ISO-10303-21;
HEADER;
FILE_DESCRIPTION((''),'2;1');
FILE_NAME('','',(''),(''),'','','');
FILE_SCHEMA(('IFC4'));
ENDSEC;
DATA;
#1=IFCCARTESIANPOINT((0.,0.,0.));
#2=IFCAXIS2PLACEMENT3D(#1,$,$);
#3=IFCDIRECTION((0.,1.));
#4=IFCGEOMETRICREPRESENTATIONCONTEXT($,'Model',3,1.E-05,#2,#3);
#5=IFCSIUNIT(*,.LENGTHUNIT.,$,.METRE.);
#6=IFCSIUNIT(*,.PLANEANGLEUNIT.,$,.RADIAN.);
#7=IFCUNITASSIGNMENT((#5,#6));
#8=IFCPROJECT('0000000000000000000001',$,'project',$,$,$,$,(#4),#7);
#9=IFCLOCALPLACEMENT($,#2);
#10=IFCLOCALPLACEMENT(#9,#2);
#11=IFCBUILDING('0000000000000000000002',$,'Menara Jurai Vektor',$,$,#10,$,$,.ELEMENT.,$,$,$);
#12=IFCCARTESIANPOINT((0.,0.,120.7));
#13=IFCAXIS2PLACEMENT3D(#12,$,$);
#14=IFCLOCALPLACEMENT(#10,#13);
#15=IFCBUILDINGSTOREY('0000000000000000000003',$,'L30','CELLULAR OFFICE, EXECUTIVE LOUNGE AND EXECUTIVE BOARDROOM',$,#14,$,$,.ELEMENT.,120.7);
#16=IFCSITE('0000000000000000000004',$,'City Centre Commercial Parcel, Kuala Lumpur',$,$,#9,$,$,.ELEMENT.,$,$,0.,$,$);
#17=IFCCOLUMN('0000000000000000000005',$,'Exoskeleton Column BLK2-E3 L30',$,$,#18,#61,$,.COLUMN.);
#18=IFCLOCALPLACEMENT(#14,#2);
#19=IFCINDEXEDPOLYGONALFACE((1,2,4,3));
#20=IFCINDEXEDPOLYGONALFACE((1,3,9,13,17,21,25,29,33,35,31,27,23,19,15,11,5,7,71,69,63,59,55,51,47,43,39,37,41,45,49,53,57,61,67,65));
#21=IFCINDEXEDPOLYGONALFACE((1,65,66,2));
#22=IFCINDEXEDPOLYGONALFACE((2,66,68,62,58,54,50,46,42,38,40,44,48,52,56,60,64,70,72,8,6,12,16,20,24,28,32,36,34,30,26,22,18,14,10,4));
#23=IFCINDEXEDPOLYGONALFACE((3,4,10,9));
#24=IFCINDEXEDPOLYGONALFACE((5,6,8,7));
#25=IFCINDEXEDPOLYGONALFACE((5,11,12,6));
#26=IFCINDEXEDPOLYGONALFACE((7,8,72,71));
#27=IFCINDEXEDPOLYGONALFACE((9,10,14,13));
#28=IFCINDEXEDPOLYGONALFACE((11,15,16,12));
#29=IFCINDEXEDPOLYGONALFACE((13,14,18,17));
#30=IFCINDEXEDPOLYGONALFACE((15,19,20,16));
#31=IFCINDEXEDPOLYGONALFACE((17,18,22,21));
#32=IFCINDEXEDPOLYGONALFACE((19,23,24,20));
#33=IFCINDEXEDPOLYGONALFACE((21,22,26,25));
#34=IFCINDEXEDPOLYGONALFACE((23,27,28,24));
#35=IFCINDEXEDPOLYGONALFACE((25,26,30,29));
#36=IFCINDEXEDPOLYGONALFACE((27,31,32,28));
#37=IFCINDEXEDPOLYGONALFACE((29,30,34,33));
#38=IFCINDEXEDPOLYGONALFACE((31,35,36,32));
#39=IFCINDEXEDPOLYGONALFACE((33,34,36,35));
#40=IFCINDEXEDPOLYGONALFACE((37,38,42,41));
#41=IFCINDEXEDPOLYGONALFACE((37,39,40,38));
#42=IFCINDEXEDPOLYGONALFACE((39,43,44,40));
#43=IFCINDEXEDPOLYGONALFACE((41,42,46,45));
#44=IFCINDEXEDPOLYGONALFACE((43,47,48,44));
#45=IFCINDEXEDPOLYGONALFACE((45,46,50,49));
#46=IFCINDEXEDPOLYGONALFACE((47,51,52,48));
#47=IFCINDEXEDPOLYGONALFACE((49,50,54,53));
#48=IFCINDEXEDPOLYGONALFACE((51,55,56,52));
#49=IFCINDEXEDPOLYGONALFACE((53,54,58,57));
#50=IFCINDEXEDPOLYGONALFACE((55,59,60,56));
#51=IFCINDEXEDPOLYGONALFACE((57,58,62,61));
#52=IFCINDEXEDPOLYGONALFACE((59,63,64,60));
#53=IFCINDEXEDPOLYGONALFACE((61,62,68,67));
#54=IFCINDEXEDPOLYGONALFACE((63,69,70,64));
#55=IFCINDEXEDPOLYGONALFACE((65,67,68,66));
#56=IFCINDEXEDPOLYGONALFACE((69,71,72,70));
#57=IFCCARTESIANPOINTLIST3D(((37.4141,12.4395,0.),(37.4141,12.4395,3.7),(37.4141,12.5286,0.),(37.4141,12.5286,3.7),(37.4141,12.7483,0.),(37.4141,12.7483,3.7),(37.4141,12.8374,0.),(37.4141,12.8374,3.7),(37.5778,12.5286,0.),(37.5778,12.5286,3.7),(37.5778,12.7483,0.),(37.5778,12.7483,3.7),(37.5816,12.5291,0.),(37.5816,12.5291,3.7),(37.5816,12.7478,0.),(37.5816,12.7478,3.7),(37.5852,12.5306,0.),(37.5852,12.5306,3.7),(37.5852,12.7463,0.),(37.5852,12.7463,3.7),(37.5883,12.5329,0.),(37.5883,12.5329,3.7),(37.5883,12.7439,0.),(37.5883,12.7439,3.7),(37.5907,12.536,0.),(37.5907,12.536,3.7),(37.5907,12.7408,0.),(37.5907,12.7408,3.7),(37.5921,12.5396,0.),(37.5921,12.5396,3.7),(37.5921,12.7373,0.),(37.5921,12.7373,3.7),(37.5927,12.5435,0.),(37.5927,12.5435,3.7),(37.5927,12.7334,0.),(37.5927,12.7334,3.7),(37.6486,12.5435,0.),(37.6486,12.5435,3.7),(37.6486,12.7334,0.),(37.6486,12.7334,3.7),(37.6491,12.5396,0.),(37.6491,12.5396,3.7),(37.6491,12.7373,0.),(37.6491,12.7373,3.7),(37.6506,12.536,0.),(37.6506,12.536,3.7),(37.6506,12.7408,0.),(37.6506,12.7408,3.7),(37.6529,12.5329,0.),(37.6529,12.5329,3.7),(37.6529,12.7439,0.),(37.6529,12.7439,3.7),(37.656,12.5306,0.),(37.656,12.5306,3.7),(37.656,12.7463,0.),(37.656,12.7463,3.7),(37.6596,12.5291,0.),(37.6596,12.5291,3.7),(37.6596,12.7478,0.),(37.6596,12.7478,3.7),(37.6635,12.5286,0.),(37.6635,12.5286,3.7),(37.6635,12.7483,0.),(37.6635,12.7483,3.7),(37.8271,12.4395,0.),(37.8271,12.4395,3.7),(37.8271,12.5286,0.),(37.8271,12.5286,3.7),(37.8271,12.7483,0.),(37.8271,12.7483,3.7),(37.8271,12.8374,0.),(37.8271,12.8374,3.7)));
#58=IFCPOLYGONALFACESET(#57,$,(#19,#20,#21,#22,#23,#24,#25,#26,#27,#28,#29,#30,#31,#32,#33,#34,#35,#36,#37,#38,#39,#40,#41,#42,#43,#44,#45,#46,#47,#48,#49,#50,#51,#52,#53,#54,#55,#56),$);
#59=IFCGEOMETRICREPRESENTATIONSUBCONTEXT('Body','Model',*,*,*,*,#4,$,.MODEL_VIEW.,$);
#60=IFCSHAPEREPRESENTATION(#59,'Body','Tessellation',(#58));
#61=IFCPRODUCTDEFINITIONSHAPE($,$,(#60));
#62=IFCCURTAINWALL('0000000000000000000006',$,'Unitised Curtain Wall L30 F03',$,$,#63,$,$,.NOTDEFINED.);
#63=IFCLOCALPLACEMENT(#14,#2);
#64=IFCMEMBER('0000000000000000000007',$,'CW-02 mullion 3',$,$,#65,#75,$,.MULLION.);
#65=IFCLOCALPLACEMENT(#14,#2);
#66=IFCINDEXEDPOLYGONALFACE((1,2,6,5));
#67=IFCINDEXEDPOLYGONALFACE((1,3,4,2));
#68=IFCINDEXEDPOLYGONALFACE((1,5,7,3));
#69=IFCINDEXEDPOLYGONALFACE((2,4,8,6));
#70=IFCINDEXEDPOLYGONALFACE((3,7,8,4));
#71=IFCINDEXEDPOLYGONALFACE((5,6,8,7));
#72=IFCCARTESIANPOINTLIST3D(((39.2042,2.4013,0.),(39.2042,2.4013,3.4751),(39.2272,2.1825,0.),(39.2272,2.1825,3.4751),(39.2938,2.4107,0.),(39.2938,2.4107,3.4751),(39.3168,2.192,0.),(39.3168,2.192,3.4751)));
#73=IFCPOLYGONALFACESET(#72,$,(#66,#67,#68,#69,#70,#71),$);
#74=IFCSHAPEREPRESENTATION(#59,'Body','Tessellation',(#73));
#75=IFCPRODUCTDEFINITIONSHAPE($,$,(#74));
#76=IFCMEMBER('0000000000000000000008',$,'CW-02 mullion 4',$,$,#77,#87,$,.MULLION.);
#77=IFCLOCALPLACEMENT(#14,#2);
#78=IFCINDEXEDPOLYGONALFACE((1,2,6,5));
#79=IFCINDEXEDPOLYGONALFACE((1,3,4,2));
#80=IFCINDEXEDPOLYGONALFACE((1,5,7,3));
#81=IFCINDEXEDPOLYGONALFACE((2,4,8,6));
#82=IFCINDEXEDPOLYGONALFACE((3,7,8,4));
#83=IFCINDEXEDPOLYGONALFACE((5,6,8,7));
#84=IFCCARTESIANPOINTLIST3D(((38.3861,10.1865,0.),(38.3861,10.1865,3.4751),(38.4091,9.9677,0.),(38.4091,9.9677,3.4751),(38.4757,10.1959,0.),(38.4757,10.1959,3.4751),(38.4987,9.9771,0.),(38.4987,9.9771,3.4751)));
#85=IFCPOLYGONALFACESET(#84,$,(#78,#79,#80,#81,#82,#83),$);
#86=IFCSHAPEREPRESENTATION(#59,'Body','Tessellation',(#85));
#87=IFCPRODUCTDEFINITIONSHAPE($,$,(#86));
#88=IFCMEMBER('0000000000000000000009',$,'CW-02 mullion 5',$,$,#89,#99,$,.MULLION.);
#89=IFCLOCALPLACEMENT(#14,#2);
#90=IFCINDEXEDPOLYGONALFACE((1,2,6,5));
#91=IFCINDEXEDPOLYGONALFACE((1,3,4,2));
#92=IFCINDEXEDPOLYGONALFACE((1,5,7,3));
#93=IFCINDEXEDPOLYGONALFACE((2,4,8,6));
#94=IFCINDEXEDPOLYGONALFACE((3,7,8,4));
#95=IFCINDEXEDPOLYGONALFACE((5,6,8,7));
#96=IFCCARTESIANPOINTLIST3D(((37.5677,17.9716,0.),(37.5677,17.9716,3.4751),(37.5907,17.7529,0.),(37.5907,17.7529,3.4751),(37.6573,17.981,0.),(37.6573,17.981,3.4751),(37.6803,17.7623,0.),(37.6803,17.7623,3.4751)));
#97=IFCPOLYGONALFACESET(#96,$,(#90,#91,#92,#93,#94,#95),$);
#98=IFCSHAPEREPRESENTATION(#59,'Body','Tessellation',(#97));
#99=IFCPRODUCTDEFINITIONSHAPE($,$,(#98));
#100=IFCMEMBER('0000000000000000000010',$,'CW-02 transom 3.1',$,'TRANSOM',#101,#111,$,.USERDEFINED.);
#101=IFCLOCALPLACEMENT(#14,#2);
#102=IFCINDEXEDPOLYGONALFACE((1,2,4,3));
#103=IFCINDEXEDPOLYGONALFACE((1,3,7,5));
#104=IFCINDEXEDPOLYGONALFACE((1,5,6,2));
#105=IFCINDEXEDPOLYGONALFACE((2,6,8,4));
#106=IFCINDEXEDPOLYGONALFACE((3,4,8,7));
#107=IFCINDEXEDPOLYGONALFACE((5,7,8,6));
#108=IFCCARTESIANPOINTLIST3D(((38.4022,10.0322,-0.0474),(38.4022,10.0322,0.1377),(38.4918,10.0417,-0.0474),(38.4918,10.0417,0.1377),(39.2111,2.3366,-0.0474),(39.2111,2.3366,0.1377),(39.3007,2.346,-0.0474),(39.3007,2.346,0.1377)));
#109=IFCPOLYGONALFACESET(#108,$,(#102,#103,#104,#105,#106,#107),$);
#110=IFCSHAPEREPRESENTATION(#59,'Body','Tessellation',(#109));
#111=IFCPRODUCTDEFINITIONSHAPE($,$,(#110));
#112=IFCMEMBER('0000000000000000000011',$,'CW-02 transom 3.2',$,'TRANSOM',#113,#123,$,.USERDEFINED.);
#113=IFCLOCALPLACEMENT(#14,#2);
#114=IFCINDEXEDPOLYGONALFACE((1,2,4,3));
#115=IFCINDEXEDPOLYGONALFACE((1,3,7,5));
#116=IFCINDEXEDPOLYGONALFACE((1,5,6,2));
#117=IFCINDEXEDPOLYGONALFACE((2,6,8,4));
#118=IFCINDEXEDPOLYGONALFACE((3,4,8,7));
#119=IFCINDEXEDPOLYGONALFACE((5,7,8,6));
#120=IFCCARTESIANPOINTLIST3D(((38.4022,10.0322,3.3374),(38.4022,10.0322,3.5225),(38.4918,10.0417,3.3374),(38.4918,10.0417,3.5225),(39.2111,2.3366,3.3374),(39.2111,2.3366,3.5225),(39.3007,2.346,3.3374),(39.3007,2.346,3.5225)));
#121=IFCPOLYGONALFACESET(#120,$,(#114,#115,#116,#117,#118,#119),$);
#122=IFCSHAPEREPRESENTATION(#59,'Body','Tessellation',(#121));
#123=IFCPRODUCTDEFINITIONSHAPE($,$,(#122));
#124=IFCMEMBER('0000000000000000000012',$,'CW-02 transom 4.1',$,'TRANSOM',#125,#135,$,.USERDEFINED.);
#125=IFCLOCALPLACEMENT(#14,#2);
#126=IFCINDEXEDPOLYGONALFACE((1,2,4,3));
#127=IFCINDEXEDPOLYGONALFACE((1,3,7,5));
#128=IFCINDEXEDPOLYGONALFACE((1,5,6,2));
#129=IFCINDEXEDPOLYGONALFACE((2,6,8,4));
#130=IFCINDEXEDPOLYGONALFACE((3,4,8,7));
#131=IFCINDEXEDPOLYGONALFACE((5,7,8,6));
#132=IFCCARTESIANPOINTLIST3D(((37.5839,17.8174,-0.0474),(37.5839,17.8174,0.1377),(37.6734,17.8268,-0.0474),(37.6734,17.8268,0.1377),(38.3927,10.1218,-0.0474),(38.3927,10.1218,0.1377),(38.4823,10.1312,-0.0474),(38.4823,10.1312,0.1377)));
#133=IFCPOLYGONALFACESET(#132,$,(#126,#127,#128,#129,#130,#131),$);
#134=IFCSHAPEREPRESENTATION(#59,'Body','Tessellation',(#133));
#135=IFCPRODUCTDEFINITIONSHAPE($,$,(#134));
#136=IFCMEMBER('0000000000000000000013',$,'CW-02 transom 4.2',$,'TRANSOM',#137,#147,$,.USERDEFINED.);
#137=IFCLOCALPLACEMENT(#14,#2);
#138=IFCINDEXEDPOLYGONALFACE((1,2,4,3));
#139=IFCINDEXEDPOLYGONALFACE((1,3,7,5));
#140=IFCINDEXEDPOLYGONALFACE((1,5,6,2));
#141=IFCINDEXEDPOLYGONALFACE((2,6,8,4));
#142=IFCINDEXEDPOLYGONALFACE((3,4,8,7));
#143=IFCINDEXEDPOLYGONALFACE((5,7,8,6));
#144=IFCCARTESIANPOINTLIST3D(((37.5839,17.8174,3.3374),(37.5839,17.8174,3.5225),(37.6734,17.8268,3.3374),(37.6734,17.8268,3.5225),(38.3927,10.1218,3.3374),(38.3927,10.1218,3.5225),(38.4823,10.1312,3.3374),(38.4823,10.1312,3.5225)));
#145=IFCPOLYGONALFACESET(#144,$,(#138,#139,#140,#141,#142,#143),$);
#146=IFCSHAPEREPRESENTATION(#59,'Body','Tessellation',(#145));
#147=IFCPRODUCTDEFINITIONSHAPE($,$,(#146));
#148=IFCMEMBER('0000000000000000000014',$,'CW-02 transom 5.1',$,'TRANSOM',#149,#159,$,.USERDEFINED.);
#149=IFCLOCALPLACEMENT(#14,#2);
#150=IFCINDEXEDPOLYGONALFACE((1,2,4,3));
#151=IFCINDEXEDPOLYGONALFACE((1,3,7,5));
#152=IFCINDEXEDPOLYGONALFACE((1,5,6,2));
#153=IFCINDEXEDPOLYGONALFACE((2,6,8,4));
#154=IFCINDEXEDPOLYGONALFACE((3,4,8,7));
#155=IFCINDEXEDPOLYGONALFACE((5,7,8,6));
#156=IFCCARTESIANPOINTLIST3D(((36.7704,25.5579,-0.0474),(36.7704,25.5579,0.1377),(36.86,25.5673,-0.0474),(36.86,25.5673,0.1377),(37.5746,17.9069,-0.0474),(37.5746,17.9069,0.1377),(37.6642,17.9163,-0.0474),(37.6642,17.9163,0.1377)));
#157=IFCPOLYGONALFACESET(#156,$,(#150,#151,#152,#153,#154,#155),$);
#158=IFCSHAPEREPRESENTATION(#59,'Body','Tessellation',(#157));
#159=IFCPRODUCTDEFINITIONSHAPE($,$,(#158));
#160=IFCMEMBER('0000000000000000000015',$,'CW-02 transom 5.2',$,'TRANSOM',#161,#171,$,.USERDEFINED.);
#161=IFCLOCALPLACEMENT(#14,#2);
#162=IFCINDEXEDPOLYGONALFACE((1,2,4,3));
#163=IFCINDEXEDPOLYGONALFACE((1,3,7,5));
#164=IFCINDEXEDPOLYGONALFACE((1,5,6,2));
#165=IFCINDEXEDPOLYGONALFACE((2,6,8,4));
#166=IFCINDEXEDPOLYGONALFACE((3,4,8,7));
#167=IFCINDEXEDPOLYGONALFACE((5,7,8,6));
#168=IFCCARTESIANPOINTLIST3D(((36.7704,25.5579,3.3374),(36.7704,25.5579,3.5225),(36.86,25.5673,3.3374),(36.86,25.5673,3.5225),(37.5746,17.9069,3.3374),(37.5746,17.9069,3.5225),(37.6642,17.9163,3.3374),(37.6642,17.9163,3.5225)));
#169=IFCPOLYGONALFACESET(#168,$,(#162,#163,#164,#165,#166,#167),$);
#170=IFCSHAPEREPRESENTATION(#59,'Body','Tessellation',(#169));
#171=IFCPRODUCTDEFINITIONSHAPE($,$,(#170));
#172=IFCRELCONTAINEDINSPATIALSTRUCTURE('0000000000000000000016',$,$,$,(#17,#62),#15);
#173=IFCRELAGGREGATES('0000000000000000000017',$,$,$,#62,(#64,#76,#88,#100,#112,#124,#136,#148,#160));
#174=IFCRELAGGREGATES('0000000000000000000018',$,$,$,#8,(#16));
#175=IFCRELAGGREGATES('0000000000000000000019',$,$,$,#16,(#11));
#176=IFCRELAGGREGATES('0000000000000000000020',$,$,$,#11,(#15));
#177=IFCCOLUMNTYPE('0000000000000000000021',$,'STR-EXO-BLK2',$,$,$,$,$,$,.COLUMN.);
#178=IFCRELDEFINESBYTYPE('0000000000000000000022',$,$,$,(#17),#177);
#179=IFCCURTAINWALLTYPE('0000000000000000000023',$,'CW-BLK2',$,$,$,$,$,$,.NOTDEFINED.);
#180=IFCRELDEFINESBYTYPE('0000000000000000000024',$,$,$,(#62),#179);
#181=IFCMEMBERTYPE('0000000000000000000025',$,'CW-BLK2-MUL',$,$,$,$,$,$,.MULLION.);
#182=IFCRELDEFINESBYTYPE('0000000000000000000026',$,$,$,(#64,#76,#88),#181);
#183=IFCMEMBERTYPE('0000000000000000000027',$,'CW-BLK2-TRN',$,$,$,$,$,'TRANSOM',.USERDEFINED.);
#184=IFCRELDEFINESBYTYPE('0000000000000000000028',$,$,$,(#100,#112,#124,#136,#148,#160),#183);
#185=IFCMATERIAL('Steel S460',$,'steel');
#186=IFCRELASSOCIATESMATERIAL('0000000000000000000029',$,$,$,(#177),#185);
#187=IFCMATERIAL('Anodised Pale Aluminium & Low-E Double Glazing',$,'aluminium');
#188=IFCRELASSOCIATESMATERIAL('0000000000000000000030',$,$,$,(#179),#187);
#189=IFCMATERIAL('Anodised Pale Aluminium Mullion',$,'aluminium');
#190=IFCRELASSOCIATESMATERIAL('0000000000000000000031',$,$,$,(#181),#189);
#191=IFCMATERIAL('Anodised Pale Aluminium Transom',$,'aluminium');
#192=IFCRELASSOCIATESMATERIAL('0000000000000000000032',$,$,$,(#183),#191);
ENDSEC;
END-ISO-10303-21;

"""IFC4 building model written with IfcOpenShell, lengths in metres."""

from ifc_helpers import new_model, si_unit, direction, frame, origin, origin_2d, place, context, subcontext, project, spatial, rectangle, i_section, extrude, material, material_profile, profile_set, type_object, element, aggregate, save


model = new_model("IFC4")

# Units and contexts
model_context = context("Model", 3, precision=1e-05, world=origin(), true_north=direction((0.0, 1.0)))
body_context = subcontext(model_context, "Body", "Model", "MODEL_VIEW")
ifc_project = project(units=[si_unit("LENGTHUNIT", "METRE"), si_unit("PLANEANGLEUNIT", "RADIAN")], contexts=[model_context])

# Site, building, storey
site_placement = place(None, origin())
site = spatial("IfcSite", under=ifc_project, at=site_placement, Name="City Centre Commercial Parcel, Kuala Lumpur", CompositionType="ELEMENT", RefElevation=0.0)
building_placement = place(site_placement, origin())
building = spatial("IfcBuilding", under=site, at=building_placement, Name="Menara Jurai Vektor", CompositionType="ELEMENT")
storey_placement = place(building_placement, frame((0.0, 0.0, 120.7)))
storey = spatial("IfcBuildingStorey", under=building, at=storey_placement, Name="L30", Description="CELLULAR OFFICE, EXECUTIVE LOUNGE AND EXECUTIVE BOARDROOM", CompositionType="ELEMENT", Elevation=120.7)

# Column
ifc_material_1 = material(Name="Steel S460", Category="steel")
ifc_material_profile_1 = material_profile(ifc_material_1, i_section(OverallWidth=0.4131, OverallDepth=0.3979, WebThickness=0.0559, FlangeThickness=0.0891, FilletRadius=0.0149, at=origin_2d()), Name="HD 400x744")
ifc_profile_set_1 = profile_set([ifc_material_profile_1], Name="Steel S460")
column_type = type_object("IfcColumnType", Name="STR-EXO-BLK2", PredefinedType="COLUMN", material=ifc_profile_set_1)
column_placement = place(storey_placement, frame((37.6206, 12.6384, 0.0), z_axis=(0.0, 0.0, 1.0), x_axis=(1.0, 0.0, 0.0)))
element("IfcColumn", 1, at=column_placement, inside=storey, type_object=column_type, Name="Exoskeleton Column BLK2-E3 L30", PredefinedType="COLUMN", context=body_context, shape_type="SweptSolid", body=[
    extrude(i_section(OverallWidth=0.4131, OverallDepth=0.3979, WebThickness=0.0559, FlangeThickness=0.0891, FilletRadius=0.0149, at=origin_2d()), origin(), (0.0, 0.0, 1.0), 3.7),
])

# Curtain wall, members
ifc_material_2 = material(Name="Anodised Pale Aluminium & Low-E Double Glazing", Category="aluminium")
curtain_wall_type = type_object("IfcCurtainWallType", Name="CW-BLK2", PredefinedType="NOTDEFINED", material=ifc_material_2)
curtain_wall_placement = place(storey_placement, origin())
curtain_wall = element("IfcCurtainWall", 2, at=curtain_wall_placement, inside=storey, type_object=curtain_wall_type, Name="Unitised Curtain Wall L30 F03", PredefinedType="NOTDEFINED")
ifc_material_3 = material(Name="Anodised Pale Aluminium Mullion", Category="aluminium")
ifc_material_profile_2 = material_profile(ifc_material_3, rectangle(XDim=0.0901, YDim=0.22, at=origin_2d()), Name="ALU MUL 90x220")
ifc_profile_set_2 = profile_set([ifc_material_profile_2], Name="Anodised Pale Aluminium Mullion")
member_type_1 = type_object("IfcMemberType", Name="CW-BLK2-MUL", PredefinedType="MULLION", material=ifc_profile_set_2)
member_1_placement = place(storey_placement, frame((39.2605, 2.2966, 0.0), z_axis=(0.0, 0.0, 1.0), x_axis=(-0.994522, -0.10453, 0.0)))
member_1 = element("IfcMember", 3, at=member_1_placement, type_object=member_type_1, Name="CW-02 mullion 3", PredefinedType="MULLION", context=body_context, shape_type="SweptSolid", body=[
    extrude(rectangle(XDim=0.0901, YDim=0.22, at=origin_2d()), origin(), (0.0, 0.0, 1.0), 3.4751),
])
member_2_placement = place(storey_placement, frame((38.4424, 10.0818, 0.0), z_axis=(0.0, 0.0, 1.0), x_axis=(-0.994522, -0.10453, 0.0)))
member_2 = element("IfcMember", 4, at=member_2_placement, type_object=member_type_1, Name="CW-02 mullion 4", PredefinedType="MULLION", context=body_context, shape_type="SweptSolid", body=[
    extrude(rectangle(XDim=0.0901, YDim=0.22, at=origin_2d()), origin(), (0.0, 0.0, 1.0), 3.4751),
])
member_3_placement = place(storey_placement, frame((37.624, 17.8669, 0.0), z_axis=(0.0, 0.0, 1.0), x_axis=(-0.994522, -0.10453, 0.0)))
member_3 = element("IfcMember", 5, at=member_3_placement, type_object=member_type_1, Name="CW-02 mullion 5", PredefinedType="MULLION", context=body_context, shape_type="SweptSolid", body=[
    extrude(rectangle(XDim=0.0901, YDim=0.22, at=origin_2d()), origin(), (0.0, 0.0, 1.0), 3.4751),
])
ifc_material_4 = material(Name="Anodised Pale Aluminium Transom", Category="aluminium")
ifc_material_profile_3 = material_profile(ifc_material_4, rectangle(XDim=0.0901, YDim=0.1851, at=origin_2d()), Name="ALU TRN 90x185")
ifc_profile_set_3 = profile_set([ifc_material_profile_3], Name="Anodised Pale Aluminium Transom")
member_type_2 = type_object("IfcMemberType", Name="CW-BLK2-TRN", ElementType="TRANSOM", PredefinedType="USERDEFINED", material=ifc_profile_set_3)
member_4_placement = place(storey_placement, frame((39.2559, 2.3413, 0.0452), z_axis=(-0.104529, 0.994522, 0.0), x_axis=(-0.994522, -0.104529, 0.0)))
member_4 = element("IfcMember", 6, at=member_4_placement, type_object=member_type_2, Name="CW-02 transom 3.1", ObjectType="TRANSOM", PredefinedType="USERDEFINED", context=body_context, shape_type="SweptSolid", body=[
    extrude(rectangle(XDim=0.0901, YDim=0.1851, at=origin_2d()), origin(), (0.0, 0.0, 1.0), 7.738),
])
member_5_placement = place(storey_placement, frame((39.2559, 2.3413, 3.4299), z_axis=(-0.104529, 0.994522, 0.0), x_axis=(-0.994522, -0.104529, 0.0)))
member_5 = element("IfcMember", 7, at=member_5_placement, type_object=member_type_2, Name="CW-02 transom 3.2", ObjectType="TRANSOM", PredefinedType="USERDEFINED", context=body_context, shape_type="SweptSolid", body=[
    extrude(rectangle(XDim=0.0901, YDim=0.1851, at=origin_2d()), origin(), (0.0, 0.0, 1.0), 7.738),
])
member_6_placement = place(storey_placement, frame((38.4375, 10.1265, 0.0452), z_axis=(-0.104529, 0.994522, 0.0), x_axis=(-0.994522, -0.104529, 0.0)))
member_6 = element("IfcMember", 8, at=member_6_placement, type_object=member_type_2, Name="CW-02 transom 4.1", ObjectType="TRANSOM", PredefinedType="USERDEFINED", context=body_context, shape_type="SweptSolid", body=[
    extrude(rectangle(XDim=0.0901, YDim=0.1851, at=origin_2d()), origin(), (0.0, 0.0, 1.0), 7.738),
])
member_7_placement = place(storey_placement, frame((38.4375, 10.1265, 3.4299), z_axis=(-0.104529, 0.994522, 0.0), x_axis=(-0.994522, -0.104529, 0.0)))
member_7 = element("IfcMember", 9, at=member_7_placement, type_object=member_type_2, Name="CW-02 transom 4.2", ObjectType="TRANSOM", PredefinedType="USERDEFINED", context=body_context, shape_type="SweptSolid", body=[
    extrude(rectangle(XDim=0.0901, YDim=0.1851, at=origin_2d()), origin(), (0.0, 0.0, 1.0), 7.738),
])
member_8_placement = place(storey_placement, frame((37.6194, 17.9116, 0.0452), z_axis=(-0.104536, 0.994521, 0.0), x_axis=(-0.994521, -0.104536, 0.0)))
member_8 = element("IfcMember", 10, at=member_8_placement, type_object=member_type_2, Name="CW-02 transom 5.1", ObjectType="TRANSOM", PredefinedType="USERDEFINED", context=body_context, shape_type="SweptSolid", body=[
    extrude(rectangle(XDim=0.0901, YDim=0.1851, at=origin_2d()), origin(), (0.0, 0.0, 1.0), 7.6931),
])
member_9_placement = place(storey_placement, frame((37.6194, 17.9116, 3.4299), z_axis=(-0.104536, 0.994521, 0.0), x_axis=(-0.994521, -0.104536, 0.0)))
member_9 = element("IfcMember", 11, at=member_9_placement, type_object=member_type_2, Name="CW-02 transom 5.2", ObjectType="TRANSOM", PredefinedType="USERDEFINED", context=body_context, shape_type="SweptSolid", body=[
    extrude(rectangle(XDim=0.0901, YDim=0.1851, at=origin_2d()), origin(), (0.0, 0.0, 1.0), 7.6931),
])

aggregate(curtain_wall, [member_1, member_2, member_3, member_4, member_5, member_6, member_7, member_8, member_9])

save(model, "model.ifc")
